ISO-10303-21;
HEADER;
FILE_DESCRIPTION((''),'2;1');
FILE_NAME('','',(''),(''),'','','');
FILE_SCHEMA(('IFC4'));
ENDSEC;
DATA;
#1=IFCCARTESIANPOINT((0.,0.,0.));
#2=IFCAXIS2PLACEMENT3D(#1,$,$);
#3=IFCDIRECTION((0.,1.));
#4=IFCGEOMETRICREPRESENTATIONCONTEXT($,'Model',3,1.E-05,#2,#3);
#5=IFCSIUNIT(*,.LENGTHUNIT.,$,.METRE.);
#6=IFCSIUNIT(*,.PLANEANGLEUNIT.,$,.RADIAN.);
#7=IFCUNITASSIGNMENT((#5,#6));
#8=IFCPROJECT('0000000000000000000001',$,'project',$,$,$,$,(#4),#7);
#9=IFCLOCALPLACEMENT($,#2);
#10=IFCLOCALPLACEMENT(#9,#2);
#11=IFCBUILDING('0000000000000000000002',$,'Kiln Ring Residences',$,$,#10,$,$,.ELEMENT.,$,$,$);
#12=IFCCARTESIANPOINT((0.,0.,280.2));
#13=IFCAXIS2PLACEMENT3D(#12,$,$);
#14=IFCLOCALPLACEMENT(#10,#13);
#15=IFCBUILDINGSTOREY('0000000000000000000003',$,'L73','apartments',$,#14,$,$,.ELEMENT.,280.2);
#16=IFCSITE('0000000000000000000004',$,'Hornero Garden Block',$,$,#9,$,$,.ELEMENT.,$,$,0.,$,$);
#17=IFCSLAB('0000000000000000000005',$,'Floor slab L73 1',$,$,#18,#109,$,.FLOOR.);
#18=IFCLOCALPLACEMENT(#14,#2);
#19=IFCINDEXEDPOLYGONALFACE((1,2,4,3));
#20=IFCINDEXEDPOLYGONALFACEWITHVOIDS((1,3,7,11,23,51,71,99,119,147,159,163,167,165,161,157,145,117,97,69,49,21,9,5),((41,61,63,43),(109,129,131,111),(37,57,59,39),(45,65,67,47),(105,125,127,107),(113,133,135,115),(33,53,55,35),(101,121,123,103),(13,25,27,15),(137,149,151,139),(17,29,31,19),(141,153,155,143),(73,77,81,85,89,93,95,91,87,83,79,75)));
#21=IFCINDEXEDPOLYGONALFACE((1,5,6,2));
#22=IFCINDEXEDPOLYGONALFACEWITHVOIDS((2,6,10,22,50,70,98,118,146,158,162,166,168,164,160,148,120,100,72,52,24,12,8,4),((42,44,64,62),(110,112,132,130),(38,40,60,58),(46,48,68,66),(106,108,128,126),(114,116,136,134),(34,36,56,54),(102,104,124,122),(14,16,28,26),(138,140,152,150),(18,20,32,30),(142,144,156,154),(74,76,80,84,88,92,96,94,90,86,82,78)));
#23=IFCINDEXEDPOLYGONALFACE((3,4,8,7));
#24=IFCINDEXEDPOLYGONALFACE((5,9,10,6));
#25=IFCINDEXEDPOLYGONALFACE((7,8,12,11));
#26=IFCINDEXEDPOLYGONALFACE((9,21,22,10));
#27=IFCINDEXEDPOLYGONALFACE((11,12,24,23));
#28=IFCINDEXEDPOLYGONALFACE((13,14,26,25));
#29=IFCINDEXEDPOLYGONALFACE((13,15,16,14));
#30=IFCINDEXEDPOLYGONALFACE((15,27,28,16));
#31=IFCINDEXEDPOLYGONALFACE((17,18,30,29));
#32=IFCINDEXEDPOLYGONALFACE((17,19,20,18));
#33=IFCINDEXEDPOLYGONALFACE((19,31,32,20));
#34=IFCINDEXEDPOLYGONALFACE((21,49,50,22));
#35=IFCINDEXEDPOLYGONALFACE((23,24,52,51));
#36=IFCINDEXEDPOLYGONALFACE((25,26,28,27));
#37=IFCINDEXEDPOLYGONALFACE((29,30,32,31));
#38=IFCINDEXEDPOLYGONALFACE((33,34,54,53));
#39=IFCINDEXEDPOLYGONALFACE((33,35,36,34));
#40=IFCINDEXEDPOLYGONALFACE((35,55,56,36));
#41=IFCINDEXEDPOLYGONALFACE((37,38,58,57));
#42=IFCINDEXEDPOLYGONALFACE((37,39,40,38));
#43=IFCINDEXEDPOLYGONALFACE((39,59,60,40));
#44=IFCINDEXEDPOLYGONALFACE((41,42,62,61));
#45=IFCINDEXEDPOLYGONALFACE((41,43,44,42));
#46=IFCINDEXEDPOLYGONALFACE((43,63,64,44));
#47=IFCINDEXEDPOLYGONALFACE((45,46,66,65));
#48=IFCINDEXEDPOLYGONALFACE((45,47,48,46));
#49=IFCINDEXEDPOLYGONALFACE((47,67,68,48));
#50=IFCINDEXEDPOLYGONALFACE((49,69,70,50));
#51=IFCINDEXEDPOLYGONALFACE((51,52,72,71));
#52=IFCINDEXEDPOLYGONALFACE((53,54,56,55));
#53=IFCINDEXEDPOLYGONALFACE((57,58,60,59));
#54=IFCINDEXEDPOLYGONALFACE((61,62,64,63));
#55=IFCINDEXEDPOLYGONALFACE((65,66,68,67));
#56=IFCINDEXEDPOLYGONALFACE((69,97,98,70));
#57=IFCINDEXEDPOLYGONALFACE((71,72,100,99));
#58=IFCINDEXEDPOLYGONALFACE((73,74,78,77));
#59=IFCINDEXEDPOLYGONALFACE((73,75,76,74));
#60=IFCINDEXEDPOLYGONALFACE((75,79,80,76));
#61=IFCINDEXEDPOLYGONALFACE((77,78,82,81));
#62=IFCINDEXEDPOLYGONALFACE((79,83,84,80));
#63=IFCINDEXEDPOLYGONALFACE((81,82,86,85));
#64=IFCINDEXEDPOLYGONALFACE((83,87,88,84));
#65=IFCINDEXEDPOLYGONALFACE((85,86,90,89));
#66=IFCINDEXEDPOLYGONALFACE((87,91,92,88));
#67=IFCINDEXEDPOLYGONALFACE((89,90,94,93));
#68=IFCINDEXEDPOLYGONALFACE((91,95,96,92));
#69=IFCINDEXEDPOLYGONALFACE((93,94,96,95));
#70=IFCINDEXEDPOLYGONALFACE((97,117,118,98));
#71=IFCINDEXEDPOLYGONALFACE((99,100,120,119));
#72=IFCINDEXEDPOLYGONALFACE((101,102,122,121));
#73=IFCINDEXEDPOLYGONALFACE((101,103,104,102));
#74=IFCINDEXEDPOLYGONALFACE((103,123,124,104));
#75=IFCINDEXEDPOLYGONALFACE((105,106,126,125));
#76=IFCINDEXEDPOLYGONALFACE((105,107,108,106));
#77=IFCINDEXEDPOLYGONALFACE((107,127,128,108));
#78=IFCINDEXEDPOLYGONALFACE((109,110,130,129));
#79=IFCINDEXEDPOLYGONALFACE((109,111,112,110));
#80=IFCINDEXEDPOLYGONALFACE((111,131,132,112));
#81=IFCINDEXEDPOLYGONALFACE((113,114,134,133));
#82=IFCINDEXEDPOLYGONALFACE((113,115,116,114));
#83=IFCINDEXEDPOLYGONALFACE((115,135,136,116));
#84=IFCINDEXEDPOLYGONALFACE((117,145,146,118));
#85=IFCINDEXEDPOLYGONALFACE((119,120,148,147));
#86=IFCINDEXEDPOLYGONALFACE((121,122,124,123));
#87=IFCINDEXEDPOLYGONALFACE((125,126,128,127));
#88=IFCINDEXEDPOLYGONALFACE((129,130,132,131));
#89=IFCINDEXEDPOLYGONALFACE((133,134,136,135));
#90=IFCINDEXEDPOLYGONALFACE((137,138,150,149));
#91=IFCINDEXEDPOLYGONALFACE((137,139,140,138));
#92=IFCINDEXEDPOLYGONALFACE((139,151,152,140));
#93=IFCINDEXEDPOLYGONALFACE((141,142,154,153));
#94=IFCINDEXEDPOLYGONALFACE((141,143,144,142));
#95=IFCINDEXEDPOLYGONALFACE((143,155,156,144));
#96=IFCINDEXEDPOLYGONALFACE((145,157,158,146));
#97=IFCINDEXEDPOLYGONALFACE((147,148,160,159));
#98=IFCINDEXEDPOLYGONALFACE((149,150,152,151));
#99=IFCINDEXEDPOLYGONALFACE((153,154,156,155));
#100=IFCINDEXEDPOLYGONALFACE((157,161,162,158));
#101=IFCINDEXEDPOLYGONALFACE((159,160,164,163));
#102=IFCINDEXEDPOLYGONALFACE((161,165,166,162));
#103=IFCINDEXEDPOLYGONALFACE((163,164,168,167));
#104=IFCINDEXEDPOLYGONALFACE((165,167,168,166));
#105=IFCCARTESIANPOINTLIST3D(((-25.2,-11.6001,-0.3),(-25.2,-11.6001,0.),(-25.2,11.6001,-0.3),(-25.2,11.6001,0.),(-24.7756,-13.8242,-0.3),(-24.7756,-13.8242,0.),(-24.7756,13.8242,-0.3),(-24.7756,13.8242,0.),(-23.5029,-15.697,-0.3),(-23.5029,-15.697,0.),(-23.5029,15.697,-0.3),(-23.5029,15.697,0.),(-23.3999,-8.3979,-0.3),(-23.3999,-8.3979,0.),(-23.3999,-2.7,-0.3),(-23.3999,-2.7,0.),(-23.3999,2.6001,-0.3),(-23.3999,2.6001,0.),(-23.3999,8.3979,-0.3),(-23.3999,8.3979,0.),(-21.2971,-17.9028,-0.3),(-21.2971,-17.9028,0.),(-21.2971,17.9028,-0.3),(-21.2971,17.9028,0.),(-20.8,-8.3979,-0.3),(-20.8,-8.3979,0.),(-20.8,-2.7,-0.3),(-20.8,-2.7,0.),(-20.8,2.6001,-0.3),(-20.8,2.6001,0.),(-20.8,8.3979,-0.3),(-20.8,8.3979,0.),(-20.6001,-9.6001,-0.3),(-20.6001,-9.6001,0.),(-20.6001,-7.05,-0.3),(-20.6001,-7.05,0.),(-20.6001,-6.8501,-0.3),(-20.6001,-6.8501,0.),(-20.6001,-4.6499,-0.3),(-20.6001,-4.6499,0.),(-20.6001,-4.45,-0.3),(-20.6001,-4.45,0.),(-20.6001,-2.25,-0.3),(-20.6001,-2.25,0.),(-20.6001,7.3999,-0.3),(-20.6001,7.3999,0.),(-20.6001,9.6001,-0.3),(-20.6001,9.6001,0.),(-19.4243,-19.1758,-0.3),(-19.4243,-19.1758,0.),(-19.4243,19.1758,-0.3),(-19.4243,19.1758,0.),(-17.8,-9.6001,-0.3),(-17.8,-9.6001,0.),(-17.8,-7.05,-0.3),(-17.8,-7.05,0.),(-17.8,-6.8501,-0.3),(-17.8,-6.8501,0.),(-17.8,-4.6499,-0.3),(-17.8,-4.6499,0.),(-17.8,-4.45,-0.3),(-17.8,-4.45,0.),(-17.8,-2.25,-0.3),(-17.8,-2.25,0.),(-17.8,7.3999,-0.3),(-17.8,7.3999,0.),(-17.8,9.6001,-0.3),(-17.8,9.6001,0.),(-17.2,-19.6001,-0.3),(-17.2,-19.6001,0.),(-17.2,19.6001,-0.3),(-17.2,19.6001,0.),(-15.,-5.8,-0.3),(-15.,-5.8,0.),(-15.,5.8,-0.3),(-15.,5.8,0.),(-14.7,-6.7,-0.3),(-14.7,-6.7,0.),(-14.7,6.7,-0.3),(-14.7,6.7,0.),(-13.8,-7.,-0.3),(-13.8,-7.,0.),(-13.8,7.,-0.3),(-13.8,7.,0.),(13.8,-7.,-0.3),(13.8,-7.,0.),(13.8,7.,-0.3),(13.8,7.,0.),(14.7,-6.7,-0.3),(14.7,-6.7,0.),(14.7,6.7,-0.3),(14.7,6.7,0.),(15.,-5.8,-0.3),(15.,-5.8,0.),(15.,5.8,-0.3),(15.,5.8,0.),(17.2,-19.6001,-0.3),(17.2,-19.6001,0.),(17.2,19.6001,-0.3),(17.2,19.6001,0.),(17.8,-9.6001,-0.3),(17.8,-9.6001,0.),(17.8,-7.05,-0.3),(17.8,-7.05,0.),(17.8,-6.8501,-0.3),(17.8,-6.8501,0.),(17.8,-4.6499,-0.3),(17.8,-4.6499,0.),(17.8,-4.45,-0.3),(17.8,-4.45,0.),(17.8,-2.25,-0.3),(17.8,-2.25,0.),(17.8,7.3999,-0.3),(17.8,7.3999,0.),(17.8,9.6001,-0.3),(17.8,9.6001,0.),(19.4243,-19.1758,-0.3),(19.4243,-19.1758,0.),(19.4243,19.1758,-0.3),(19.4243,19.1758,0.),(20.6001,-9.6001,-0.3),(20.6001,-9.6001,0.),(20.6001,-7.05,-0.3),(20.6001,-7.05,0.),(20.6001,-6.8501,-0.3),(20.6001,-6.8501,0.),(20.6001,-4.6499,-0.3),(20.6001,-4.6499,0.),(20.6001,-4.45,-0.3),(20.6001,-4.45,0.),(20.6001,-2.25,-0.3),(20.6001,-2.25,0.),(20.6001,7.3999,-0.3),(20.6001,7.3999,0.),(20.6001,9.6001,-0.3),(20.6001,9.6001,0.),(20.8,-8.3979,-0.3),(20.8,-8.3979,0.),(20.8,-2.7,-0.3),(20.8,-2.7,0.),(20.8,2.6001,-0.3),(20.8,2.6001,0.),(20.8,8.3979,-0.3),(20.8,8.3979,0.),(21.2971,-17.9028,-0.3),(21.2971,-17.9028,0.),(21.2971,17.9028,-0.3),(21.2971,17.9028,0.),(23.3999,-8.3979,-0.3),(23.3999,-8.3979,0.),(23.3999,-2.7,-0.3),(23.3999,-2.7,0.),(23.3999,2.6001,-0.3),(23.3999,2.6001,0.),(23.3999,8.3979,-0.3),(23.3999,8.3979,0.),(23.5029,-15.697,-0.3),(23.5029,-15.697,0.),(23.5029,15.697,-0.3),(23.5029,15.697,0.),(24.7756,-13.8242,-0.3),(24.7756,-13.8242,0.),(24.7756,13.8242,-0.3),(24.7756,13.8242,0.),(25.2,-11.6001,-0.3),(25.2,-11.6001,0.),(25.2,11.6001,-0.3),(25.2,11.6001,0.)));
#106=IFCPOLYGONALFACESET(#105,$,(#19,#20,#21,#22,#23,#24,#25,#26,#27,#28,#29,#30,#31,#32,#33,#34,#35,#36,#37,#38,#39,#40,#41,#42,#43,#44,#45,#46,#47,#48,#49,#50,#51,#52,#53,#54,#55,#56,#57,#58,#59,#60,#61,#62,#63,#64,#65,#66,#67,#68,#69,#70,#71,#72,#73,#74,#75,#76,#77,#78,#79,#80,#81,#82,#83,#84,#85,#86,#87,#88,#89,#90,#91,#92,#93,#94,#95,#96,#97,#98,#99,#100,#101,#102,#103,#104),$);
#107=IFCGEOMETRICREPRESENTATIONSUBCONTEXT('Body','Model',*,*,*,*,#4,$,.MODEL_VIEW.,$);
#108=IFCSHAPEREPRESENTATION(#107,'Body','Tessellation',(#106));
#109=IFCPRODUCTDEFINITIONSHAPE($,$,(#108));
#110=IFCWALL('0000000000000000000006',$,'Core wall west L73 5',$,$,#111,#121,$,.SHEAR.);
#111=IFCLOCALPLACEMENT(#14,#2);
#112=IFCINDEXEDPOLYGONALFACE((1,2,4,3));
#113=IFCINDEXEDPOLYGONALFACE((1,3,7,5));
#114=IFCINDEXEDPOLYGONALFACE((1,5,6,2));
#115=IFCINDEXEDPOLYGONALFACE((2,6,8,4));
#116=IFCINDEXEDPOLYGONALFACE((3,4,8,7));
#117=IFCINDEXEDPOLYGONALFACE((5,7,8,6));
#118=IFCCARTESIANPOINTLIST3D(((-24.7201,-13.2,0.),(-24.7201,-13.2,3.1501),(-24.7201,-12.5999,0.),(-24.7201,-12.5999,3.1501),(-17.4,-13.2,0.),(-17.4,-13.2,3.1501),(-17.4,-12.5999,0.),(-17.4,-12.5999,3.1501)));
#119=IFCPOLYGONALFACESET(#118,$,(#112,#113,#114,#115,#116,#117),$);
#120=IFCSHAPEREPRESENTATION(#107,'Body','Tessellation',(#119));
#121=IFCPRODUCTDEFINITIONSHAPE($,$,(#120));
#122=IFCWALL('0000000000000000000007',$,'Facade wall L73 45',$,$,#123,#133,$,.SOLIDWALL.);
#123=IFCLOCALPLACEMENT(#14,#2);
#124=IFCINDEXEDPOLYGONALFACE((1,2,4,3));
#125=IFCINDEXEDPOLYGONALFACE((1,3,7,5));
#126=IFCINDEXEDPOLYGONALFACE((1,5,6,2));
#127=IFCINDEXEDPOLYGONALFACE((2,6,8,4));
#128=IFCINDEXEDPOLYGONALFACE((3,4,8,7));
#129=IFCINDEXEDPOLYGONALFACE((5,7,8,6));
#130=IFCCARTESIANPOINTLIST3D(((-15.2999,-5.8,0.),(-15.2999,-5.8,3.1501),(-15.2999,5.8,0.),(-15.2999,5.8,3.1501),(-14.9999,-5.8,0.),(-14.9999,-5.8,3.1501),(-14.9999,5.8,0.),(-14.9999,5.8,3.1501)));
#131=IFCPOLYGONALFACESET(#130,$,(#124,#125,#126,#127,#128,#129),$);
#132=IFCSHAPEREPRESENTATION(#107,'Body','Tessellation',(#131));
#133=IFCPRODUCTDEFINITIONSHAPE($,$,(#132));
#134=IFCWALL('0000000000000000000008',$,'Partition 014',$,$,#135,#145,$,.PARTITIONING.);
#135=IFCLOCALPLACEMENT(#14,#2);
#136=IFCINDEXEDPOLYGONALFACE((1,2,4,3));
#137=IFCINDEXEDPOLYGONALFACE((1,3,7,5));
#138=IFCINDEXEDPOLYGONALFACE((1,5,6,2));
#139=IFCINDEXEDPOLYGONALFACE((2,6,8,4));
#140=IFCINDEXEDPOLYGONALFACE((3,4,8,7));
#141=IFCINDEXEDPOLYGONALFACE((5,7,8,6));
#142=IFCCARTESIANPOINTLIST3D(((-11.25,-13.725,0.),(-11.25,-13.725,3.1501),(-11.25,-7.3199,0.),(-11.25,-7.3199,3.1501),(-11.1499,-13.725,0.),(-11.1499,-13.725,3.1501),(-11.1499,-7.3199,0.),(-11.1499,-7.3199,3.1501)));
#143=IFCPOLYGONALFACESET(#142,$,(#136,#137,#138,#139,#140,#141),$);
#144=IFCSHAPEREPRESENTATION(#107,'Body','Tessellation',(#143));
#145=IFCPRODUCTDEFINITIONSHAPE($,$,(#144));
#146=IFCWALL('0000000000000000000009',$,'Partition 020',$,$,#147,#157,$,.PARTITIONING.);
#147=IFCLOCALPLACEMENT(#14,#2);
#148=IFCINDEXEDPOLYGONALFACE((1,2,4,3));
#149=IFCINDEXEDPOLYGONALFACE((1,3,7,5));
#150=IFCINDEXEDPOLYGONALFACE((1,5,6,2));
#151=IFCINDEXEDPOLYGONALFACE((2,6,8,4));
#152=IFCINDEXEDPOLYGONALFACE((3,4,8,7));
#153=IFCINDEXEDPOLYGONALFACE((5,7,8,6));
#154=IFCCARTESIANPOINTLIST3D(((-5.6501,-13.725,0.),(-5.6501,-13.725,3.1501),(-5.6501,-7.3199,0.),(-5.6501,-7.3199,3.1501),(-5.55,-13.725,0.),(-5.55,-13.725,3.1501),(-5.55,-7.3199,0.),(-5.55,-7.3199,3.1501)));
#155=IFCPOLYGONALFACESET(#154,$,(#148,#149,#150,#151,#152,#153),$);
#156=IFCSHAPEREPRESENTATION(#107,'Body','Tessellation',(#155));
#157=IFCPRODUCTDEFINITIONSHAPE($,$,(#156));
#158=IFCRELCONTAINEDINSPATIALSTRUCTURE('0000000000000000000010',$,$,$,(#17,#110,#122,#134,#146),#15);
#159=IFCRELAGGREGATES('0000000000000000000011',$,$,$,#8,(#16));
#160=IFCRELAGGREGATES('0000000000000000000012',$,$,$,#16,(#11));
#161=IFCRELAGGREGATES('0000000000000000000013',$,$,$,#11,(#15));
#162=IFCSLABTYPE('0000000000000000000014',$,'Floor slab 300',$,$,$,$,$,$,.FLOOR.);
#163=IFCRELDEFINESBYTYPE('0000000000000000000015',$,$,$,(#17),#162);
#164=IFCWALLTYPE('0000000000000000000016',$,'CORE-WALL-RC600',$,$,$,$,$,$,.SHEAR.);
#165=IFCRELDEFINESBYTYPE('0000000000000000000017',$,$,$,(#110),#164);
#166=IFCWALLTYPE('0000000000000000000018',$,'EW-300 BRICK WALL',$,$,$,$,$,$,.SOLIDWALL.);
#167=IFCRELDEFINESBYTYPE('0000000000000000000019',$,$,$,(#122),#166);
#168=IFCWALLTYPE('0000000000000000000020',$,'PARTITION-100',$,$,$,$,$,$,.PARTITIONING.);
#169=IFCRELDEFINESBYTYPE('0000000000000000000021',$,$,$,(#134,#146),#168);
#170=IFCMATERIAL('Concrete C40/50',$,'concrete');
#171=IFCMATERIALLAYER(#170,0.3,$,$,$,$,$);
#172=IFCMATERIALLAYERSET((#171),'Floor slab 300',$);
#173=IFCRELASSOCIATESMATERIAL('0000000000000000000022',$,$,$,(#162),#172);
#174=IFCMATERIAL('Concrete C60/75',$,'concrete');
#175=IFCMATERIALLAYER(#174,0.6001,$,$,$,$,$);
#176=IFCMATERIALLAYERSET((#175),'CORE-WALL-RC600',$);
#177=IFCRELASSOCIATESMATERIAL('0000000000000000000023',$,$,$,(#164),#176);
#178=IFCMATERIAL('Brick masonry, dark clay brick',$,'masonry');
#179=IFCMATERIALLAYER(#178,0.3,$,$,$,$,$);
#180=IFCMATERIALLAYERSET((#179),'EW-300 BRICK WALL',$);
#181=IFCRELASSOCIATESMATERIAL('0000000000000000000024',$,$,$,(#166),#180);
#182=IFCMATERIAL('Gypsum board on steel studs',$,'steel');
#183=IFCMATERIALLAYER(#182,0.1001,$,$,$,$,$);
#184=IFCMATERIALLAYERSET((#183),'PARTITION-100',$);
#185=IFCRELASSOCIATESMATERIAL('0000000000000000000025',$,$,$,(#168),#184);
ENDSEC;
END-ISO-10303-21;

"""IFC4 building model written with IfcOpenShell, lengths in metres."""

from ifc_helpers import new_model, si_unit, direction, frame, frame_2d, origin, place, context, subcontext, project, spatial, polyline, rectangle, outline, extrude, material, layer, layer_set, type_object, element, save


model = new_model("IFC4")

# Units and contexts
model_context = context("Model", 3, precision=1e-05, world=origin(), true_north=direction((0.0, 1.0)))
body_context = subcontext(model_context, "Body", "Model", "MODEL_VIEW")
ifc_project = project(units=[si_unit("LENGTHUNIT", "METRE"), si_unit("PLANEANGLEUNIT", "RADIAN")], contexts=[model_context])

# Site, building, storey
site_placement = place(None, origin())
site = spatial("IfcSite", under=ifc_project, at=site_placement, Name="Hornero Garden Block", CompositionType="ELEMENT", RefElevation=0.0)
building_placement = place(site_placement, origin())
building = spatial("IfcBuilding", under=site, at=building_placement, Name="Kiln Ring Residences", CompositionType="ELEMENT")
storey_placement = place(building_placement, frame((0.0, 0.0, 280.2)))
storey = spatial("IfcBuildingStorey", under=building, at=storey_placement, Name="L73", Description="apartments", CompositionType="ELEMENT", Elevation=280.2)

# Slab
ifc_material_1 = material(Name="Concrete C40/50", Category="concrete")
ifc_layer_1 = layer(ifc_material_1, 0.3)
ifc_layer_set_1 = layer_set([ifc_layer_1], Name="Floor slab 300")
slab_type = type_object("IfcSlabType", Name="Floor slab 300", PredefinedType="FLOOR", material=ifc_layer_set_1)
slab_placement = place(storey_placement, frame((0.0, 0.0, -0.3)))
element("IfcSlab", 1, at=slab_placement, inside=storey, type_object=slab_type, Name="Floor slab L73 1", PredefinedType="FLOOR", context=body_context, shape_type="SweptSolid", body=[
    extrude(outline(polyline([(-23.5029, -15.697), (-21.2971, -17.9028), (-19.4243, -19.1758), (-17.2, -19.6001), (17.2, -19.6001), (19.4243, -19.1758), (21.2971, -17.9028), (23.5029, -15.697), (24.7756, -13.8242), (25.2, -11.6001), (25.2, 11.6001), (24.7756, 13.8242), (23.5029, 15.697), (21.2971, 17.9028), (19.4243, 19.1758), (17.2, 19.6001), (-17.2, 19.6001), (-19.4243, 19.1758), (-21.2971, 17.9028), (-23.5029, 15.697), (-24.7756, 13.8242), (-25.2, 11.6001), (-25.2, -11.6001), (-24.7756, -13.8242), (-23.5029, -15.697)]), holes=[polyline([(-14.7, -6.7), (-15.0, -5.8), (-15.0, 5.8), (-14.7, 6.7), (-13.8, 7.0), (13.8, 7.0), (14.7, 6.7), (15.0, 5.8), (15.0, -5.8), (14.7, -6.7), (13.8, -7.0), (-13.8, -7.0), (-14.7, -6.7)]), polyline([(20.8, -8.3979), (20.8, -2.7), (23.3999, -2.7), (23.3999, -8.3979), (20.8, -8.3979)]), polyline([(20.8, 2.6001), (20.8, 8.3979), (23.3999, 8.3979), (23.3999, 2.6001), (20.8, 2.6001)]), polyline([(17.8, -6.8501), (17.8, -4.6499), (20.6001, -4.6499), (20.6001, -6.8501), (17.8, -6.8501)]), polyline([(17.8, 7.3999), (17.8, 9.6001), (20.6001, 9.6001), (20.6001, 7.3999), (17.8, 7.3999)]), polyline([(20.6001, -9.6001), (17.8, -9.6001), (17.8, -7.05), (20.6001, -7.05), (20.6001, -9.6001)]), polyline([(20.6001, -4.45), (17.8, -4.45), (17.8, -2.25), (20.6001, -2.25), (20.6001, -4.45)]), polyline([(-17.8, -7.05), (-17.8, -9.6001), (-20.6001, -9.6001), (-20.6001, -7.05), (-17.8, -7.05)]), polyline([(-17.8, -6.8501), (-20.6001, -6.8501), (-20.6001, -4.6499), (-17.8, -4.6499), (-17.8, -6.8501)]), polyline([(-17.8, -2.25), (-17.8, -4.45), (-20.6001, -4.45), (-20.6001, -2.25), (-17.8, -2.25)]), polyline([(-17.8, 7.3999), (-20.6001, 7.3999), (-20.6001, 9.6001), (-17.8, 9.6001), (-17.8, 7.3999)]), polyline([(-20.8, -8.3979), (-23.3999, -8.3979), (-23.3999, -2.7), (-20.8, -2.7), (-20.8, -8.3979)]), polyline([(-20.8, 2.6001), (-23.3999, 2.6001), (-23.3999, 8.3979), (-20.8, 8.3979), (-20.8, 2.6001)])]), origin(), (0.0, 0.0, 1.0), 0.3),
])

# Walls
ifc_material_2 = material(Name="Concrete C60/75", Category="concrete")
ifc_layer_2 = layer(ifc_material_2, 0.6001)
ifc_layer_set_2 = layer_set([ifc_layer_2], Name="CORE-WALL-RC600")
wall_type_1 = type_object("IfcWallType", Name="CORE-WALL-RC600", PredefinedType="SHEAR", material=ifc_layer_set_2)
wall_1_placement = place(storey_placement, frame((-17.3999, -12.8999, 0.0), z_axis=(0.0, 0.0, 1.0), x_axis=(-1.0, 0.0, 0.0)))
element("IfcWall", 2, at=wall_1_placement, inside=storey, type_object=wall_type_1, Name="Core wall west L73 5", PredefinedType="SHEAR", context=body_context, shape_type="SweptSolid", body=[
    extrude(rectangle(XDim=7.3201, YDim=0.6001, at=frame_2d((3.6602, 0.0))), origin(), (0.0, 0.0, 1.0), 3.1501),
])
ifc_material_3 = material(Name="Brick masonry, dark clay brick", Category="masonry")
ifc_layer_3 = layer(ifc_material_3, 0.3)
ifc_layer_set_3 = layer_set([ifc_layer_3], Name="EW-300 BRICK WALL")
wall_type_2 = type_object("IfcWallType", Name="EW-300 BRICK WALL", PredefinedType="SOLIDWALL", material=ifc_layer_set_3)
wall_2_placement = place(storey_placement, frame((-15.1499, -5.8, 0.0), z_axis=(0.0, 0.0, 1.0), x_axis=(0.0, 1.0, 0.0)))
element("IfcWall", 3, at=wall_2_placement, inside=storey, type_object=wall_type_2, Name="Facade wall L73 45", PredefinedType="SOLIDWALL", context=body_context, shape_type="SweptSolid", body=[
    extrude(rectangle(XDim=11.6001, YDim=0.3, at=frame_2d((5.8, 0.0))), origin(), (0.0, 0.0, 1.0), 3.1501),
])
ifc_material_4 = material(Name="Gypsum board on steel studs", Category="steel")
ifc_layer_4 = layer(ifc_material_4, 0.1001)
ifc_layer_set_4 = layer_set([ifc_layer_4], Name="PARTITION-100")
wall_type_3 = type_object("IfcWallType", Name="PARTITION-100", PredefinedType="PARTITIONING", material=ifc_layer_set_4)
for number, where, z_axis, x_axis, name in (
    (4, (-11.2, -13.7251, 0.0), (0.0, 0.0, 1.0), (0.0, 1.0, 0.0), "Partition 014"),
    (5, (-5.6001, -13.7251, 0.0), (0.0, 0.0, 1.0), (0.0, 1.0, 0.0), "Partition 020"),
):
    element("IfcWall", number, at=place(storey_placement, frame(where, z_axis=z_axis, x_axis=x_axis)), inside=storey, type_object=wall_type_3, Name=name, PredefinedType="PARTITIONING", context=body_context, shape_type="SweptSolid", body=[
        extrude(rectangle(XDim=6.405, YDim=0.1001, at=frame_2d((3.2026, 0.0))), origin(), (0.0, 0.0, 1.0), 3.1501),
    ])

save(model, "model.ifc")
